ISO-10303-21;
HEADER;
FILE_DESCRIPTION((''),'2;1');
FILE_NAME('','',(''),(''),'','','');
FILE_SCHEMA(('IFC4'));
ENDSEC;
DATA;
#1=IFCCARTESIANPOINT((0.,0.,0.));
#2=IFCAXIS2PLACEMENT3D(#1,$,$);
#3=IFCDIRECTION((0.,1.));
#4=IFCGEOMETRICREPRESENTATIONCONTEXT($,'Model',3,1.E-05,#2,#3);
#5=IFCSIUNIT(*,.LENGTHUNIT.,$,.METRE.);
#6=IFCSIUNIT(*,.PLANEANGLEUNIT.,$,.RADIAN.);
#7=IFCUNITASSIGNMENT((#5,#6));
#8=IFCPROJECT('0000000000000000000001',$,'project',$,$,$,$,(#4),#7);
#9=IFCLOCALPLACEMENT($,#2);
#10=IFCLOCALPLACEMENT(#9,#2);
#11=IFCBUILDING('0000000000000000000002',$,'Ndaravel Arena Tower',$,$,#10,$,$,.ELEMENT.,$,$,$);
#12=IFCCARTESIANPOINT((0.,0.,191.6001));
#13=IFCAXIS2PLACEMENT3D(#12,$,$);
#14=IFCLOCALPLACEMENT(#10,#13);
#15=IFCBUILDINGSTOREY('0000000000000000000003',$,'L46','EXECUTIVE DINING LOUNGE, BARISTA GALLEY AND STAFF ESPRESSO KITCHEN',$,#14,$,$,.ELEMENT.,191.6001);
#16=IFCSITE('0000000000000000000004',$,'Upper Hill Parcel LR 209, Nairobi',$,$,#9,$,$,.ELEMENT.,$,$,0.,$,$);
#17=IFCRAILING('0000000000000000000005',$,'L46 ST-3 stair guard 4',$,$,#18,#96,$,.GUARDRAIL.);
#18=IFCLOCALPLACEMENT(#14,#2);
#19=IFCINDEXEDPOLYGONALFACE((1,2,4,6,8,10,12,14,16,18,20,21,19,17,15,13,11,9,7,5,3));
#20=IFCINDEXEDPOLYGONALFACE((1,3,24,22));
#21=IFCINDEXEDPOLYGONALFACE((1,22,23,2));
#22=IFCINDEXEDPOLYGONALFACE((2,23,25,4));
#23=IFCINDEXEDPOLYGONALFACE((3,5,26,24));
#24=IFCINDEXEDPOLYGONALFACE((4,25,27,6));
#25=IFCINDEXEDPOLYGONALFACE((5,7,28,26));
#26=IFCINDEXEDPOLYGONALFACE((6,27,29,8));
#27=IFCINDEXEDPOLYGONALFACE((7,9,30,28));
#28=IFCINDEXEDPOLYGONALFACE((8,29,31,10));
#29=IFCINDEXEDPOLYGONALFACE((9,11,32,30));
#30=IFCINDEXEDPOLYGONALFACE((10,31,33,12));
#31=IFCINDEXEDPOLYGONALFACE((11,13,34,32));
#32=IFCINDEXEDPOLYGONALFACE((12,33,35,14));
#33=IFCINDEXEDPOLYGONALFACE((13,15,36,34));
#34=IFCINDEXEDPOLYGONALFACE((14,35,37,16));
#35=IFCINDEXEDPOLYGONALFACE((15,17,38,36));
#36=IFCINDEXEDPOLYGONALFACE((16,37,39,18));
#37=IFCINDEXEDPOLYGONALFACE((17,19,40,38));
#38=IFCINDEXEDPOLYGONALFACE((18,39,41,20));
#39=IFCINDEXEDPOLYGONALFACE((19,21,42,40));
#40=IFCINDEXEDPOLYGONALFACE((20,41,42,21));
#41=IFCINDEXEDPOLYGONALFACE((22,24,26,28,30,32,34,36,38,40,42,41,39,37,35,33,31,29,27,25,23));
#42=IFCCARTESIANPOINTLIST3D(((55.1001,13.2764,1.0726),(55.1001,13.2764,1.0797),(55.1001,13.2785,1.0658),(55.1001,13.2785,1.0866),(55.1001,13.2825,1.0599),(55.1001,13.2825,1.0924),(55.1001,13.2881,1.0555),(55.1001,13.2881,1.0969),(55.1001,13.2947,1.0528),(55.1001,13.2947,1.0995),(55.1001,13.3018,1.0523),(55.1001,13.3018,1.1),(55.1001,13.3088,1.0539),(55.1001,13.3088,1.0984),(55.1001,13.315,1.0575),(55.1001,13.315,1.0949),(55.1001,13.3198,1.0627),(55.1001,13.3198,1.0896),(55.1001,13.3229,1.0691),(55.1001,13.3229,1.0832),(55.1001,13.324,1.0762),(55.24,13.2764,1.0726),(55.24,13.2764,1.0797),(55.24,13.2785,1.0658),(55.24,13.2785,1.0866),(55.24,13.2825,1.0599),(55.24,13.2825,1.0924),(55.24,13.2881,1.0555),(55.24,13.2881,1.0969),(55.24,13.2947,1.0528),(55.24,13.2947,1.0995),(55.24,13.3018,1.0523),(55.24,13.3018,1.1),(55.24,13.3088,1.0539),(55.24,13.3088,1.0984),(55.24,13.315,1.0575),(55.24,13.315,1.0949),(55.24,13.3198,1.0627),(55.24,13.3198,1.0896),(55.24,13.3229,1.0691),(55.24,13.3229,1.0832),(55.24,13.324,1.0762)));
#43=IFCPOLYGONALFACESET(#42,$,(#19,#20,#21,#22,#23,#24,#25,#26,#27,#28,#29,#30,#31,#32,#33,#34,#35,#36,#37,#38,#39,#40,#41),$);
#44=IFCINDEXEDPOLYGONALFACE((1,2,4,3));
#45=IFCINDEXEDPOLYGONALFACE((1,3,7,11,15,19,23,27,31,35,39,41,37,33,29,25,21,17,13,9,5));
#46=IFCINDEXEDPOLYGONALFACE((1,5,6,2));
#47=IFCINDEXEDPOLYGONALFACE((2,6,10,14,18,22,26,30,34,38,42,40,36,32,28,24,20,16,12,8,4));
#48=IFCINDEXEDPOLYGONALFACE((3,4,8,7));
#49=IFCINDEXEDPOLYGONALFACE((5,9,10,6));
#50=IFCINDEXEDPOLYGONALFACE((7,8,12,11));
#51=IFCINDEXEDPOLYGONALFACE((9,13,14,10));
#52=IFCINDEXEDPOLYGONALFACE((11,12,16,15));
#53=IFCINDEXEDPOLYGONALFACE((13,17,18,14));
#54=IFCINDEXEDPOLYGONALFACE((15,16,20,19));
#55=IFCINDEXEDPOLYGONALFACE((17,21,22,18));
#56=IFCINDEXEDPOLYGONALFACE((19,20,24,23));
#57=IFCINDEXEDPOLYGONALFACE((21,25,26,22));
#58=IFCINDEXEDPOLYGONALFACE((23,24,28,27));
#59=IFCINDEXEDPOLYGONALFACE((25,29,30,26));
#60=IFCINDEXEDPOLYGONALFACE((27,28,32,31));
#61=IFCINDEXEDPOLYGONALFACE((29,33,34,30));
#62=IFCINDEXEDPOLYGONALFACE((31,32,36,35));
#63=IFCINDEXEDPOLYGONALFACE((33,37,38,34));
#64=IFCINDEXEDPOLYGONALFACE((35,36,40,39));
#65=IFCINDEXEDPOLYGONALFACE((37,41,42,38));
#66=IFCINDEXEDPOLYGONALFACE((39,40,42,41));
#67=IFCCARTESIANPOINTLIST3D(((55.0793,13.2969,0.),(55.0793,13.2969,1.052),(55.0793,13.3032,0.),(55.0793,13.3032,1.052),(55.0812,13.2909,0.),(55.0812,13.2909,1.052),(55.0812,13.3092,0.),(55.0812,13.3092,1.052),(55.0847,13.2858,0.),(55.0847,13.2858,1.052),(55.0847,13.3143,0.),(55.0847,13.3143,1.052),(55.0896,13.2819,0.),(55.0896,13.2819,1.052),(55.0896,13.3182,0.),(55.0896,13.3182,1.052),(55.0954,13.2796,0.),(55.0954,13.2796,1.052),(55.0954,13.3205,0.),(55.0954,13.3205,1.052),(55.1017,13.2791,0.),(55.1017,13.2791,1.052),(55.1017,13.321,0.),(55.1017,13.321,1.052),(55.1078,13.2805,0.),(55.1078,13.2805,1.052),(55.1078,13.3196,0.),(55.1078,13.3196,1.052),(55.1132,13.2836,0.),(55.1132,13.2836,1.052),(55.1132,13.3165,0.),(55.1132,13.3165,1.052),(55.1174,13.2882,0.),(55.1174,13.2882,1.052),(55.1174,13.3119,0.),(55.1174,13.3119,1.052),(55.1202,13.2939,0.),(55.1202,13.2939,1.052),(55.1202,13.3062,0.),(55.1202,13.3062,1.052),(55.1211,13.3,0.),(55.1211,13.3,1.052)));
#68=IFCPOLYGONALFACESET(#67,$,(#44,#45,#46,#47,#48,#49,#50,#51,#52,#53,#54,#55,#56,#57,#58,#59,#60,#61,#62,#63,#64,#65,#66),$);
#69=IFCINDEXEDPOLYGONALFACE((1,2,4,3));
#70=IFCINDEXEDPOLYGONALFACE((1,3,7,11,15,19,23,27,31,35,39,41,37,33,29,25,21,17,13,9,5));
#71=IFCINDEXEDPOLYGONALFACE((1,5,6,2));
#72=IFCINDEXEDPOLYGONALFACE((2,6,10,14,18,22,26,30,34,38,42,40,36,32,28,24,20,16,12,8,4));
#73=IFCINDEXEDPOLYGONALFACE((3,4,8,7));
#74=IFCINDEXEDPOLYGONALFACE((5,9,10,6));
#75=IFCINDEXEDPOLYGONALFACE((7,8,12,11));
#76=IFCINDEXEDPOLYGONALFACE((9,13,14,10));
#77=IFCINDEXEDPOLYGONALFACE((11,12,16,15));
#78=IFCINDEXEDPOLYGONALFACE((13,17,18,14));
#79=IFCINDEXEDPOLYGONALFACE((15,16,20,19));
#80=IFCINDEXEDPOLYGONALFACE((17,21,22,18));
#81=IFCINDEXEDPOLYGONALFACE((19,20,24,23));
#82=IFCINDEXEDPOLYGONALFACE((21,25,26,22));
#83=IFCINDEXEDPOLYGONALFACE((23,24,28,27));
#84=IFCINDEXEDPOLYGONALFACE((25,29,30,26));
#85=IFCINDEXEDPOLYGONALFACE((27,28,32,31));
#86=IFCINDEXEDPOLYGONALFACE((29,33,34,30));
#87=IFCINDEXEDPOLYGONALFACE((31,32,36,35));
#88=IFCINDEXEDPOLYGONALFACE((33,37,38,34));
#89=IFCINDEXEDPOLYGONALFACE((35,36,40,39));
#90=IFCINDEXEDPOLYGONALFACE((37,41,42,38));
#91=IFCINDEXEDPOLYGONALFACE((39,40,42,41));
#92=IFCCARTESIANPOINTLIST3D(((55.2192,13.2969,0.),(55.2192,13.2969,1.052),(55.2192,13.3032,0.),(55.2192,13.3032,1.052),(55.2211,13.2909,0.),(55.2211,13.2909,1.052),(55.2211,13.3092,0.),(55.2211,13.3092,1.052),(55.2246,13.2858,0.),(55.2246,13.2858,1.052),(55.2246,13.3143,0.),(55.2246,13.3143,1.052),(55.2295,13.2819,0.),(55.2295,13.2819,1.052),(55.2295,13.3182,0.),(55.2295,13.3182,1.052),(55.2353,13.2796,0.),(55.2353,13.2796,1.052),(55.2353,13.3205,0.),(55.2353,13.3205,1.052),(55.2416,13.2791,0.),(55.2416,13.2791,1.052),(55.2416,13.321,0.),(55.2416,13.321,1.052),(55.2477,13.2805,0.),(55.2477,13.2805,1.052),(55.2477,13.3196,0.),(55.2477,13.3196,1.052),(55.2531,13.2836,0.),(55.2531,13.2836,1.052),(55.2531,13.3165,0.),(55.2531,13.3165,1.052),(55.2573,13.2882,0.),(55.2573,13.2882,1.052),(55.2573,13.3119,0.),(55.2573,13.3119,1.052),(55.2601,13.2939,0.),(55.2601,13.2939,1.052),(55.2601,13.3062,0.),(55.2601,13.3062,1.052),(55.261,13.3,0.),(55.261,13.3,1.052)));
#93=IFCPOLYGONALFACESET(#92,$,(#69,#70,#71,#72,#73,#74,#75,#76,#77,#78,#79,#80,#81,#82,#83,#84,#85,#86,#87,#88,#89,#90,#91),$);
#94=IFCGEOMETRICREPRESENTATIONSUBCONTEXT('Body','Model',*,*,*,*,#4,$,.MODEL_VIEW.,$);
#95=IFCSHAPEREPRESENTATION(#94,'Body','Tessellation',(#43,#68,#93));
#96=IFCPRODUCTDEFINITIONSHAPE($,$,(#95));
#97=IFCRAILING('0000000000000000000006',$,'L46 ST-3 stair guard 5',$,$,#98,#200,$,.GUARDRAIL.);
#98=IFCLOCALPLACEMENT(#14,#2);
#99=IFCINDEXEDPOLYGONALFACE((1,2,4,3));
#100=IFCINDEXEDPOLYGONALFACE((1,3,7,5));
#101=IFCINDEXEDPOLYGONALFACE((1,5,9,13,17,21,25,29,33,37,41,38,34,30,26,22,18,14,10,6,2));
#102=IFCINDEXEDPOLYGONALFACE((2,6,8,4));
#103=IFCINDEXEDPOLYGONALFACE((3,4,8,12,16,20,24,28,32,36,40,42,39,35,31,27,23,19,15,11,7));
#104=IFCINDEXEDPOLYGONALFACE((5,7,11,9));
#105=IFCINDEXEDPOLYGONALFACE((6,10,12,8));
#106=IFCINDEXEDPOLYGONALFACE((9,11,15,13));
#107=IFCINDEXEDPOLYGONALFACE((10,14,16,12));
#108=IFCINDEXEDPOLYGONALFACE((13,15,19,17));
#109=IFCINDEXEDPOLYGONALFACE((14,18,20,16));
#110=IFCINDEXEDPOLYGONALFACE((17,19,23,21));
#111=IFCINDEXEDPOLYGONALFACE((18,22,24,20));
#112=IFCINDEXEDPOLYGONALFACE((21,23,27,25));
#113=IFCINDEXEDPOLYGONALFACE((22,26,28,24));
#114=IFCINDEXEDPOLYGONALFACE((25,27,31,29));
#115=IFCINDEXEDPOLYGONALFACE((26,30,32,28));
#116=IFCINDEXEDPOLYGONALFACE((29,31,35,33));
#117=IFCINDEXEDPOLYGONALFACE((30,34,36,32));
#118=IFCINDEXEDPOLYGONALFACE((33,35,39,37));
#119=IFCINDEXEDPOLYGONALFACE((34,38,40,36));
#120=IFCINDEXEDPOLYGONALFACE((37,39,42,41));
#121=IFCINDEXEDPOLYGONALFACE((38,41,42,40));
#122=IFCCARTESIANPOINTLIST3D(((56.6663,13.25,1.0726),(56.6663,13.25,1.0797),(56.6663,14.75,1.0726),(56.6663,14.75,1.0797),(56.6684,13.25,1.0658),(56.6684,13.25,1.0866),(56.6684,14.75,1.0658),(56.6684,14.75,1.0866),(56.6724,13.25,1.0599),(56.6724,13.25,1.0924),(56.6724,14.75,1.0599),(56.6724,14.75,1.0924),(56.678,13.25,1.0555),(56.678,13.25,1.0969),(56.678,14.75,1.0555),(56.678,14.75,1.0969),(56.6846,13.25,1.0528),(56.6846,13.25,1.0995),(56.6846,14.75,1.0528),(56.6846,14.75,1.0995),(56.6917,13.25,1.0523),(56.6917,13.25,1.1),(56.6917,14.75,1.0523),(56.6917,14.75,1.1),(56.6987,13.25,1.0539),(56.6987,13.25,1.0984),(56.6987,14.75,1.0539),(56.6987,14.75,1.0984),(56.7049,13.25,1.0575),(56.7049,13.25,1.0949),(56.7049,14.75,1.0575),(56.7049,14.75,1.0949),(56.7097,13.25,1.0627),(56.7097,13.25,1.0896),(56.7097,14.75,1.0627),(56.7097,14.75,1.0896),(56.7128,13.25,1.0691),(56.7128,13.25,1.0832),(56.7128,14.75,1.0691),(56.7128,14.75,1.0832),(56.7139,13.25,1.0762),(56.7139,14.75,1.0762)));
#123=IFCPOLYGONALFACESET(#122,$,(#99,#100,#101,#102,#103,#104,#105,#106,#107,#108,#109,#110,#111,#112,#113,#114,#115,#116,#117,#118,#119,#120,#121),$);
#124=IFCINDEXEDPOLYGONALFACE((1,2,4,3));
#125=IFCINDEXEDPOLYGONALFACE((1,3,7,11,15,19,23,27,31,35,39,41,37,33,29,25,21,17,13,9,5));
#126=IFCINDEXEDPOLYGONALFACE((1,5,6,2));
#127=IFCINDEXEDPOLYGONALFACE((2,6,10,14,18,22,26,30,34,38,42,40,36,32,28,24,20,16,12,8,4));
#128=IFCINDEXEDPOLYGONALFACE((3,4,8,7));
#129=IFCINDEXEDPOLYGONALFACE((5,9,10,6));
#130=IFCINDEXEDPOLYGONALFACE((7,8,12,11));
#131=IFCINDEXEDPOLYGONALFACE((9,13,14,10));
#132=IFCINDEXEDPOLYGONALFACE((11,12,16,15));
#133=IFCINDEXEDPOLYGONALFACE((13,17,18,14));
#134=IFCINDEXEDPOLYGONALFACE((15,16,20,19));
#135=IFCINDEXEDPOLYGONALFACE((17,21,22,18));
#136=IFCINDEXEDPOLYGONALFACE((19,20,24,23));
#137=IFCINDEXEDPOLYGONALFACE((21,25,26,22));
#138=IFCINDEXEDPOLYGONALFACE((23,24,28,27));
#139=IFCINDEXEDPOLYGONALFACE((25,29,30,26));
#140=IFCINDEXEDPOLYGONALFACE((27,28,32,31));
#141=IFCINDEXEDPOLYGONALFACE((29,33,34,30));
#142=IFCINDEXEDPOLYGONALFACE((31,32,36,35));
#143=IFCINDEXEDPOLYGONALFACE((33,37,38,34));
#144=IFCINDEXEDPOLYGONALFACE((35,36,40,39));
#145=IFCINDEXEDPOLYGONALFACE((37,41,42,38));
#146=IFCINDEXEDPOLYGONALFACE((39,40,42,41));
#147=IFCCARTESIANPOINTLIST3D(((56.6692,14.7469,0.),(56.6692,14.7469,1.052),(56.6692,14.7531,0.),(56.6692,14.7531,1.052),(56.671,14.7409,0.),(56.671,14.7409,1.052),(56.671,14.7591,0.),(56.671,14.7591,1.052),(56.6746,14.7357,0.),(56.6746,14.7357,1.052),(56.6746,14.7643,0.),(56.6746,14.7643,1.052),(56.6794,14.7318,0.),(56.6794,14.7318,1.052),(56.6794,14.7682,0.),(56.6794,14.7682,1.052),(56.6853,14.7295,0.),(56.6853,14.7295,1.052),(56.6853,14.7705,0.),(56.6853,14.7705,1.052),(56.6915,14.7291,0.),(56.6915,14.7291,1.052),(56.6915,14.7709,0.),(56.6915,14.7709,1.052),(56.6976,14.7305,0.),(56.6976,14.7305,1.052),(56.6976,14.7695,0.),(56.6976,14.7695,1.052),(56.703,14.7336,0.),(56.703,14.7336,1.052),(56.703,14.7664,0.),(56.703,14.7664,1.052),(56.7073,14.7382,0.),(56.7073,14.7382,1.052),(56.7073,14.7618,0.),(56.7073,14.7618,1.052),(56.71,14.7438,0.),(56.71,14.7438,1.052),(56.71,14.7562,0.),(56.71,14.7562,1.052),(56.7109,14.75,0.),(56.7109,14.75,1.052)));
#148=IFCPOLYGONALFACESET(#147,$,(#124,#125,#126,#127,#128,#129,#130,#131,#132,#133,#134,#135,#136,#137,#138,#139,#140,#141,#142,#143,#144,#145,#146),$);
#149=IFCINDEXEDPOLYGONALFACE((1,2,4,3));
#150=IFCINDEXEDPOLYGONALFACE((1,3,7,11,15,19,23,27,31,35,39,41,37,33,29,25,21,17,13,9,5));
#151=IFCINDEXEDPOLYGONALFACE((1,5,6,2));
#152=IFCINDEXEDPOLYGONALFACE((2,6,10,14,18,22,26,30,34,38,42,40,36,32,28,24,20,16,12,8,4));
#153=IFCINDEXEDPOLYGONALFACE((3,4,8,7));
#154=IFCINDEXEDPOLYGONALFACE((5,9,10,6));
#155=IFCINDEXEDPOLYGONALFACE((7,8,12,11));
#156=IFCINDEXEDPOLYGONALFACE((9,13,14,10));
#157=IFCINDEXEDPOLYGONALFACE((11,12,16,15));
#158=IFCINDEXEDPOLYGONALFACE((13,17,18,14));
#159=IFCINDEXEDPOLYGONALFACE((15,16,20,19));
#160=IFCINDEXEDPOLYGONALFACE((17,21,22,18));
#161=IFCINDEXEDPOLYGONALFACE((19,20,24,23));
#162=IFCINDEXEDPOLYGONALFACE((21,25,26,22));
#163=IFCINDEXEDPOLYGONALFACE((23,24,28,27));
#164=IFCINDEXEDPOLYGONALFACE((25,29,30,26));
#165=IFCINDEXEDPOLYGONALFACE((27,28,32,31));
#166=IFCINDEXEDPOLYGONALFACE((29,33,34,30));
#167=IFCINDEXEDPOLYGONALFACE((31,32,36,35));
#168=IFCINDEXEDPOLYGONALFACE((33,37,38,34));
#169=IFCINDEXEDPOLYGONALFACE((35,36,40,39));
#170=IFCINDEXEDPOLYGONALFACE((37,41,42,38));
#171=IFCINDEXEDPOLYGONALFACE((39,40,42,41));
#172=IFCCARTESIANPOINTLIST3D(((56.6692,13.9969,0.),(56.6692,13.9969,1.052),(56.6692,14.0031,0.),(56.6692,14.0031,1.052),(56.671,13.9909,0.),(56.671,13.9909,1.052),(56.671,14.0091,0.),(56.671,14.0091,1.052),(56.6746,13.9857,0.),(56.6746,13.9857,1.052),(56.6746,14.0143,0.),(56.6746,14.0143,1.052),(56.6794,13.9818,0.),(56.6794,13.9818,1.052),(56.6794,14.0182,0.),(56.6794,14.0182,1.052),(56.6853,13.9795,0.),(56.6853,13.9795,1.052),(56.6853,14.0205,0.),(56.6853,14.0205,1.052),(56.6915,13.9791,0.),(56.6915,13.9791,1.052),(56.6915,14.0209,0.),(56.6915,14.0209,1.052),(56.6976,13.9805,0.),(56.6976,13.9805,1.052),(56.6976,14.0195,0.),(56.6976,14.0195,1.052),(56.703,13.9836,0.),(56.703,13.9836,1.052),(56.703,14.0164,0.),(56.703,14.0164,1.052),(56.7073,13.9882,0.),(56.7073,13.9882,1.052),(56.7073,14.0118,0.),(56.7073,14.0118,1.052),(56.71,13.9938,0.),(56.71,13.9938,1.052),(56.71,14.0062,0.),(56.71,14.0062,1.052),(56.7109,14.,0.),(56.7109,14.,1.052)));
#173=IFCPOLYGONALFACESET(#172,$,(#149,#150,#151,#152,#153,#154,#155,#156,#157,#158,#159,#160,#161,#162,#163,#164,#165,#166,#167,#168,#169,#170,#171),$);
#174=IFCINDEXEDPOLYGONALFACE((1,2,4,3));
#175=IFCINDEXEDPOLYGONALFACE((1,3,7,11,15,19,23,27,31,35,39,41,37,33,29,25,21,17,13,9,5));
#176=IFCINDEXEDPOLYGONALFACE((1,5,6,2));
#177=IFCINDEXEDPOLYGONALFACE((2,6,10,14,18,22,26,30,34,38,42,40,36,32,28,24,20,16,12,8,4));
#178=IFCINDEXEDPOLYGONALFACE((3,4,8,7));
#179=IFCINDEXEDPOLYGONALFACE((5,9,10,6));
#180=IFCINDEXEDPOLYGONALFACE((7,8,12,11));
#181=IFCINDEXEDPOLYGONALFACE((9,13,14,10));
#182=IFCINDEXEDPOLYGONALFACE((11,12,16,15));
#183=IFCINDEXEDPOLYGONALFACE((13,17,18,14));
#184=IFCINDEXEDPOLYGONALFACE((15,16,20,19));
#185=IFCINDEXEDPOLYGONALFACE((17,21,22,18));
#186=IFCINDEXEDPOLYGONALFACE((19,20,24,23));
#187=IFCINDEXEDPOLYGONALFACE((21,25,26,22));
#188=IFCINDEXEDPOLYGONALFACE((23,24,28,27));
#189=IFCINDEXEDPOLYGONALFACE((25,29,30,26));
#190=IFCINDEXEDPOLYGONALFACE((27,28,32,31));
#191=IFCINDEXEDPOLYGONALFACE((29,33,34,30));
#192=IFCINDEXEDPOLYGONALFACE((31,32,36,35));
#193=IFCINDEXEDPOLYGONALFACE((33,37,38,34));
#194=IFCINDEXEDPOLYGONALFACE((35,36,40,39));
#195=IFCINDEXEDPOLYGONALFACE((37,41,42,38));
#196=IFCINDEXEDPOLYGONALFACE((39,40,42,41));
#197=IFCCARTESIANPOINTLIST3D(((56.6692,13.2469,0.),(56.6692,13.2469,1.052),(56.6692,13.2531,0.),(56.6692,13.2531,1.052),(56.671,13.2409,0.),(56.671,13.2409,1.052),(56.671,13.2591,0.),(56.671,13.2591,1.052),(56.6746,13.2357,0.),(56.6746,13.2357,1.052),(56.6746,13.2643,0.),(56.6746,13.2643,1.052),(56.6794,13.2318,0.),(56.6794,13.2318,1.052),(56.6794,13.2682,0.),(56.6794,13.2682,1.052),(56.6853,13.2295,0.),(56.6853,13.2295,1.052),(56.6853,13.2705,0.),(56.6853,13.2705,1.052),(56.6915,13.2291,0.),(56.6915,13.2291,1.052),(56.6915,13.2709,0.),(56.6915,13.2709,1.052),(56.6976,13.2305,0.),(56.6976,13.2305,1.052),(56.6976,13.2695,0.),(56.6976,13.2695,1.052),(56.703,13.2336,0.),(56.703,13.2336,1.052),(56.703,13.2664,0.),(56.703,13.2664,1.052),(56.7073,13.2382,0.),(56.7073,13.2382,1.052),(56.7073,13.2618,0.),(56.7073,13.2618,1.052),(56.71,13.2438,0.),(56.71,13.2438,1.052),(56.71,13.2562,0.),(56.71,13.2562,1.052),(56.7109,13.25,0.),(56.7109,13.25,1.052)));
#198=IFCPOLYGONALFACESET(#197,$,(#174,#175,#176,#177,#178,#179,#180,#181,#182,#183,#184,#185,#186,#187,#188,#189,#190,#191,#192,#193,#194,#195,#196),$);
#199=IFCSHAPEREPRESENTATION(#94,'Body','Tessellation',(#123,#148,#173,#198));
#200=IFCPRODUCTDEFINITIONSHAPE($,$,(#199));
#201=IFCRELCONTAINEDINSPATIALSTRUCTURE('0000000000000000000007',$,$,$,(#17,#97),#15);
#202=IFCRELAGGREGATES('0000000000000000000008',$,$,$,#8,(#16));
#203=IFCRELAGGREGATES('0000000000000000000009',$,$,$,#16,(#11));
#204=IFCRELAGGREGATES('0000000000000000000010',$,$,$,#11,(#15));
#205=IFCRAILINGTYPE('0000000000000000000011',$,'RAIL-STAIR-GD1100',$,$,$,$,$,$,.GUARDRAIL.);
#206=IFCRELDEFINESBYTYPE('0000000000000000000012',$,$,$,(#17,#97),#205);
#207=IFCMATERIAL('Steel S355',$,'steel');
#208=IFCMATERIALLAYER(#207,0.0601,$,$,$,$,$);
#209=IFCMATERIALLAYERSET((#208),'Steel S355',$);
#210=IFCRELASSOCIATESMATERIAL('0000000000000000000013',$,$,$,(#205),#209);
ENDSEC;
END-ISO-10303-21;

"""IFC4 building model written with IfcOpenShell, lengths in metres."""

from ifc_helpers import new_model, si_unit, direction, frame, origin, origin_2d, place, context, subcontext, project, spatial, circle, extrude, material, layer, layer_set, type_object, element, save


model = new_model("IFC4")

# Units and contexts
model_context = context("Model", 3, precision=1e-05, world=origin(), true_north=direction((0.0, 1.0)))
body_context = subcontext(model_context, "Body", "Model", "MODEL_VIEW")
ifc_project = project(units=[si_unit("LENGTHUNIT", "METRE"), si_unit("PLANEANGLEUNIT", "RADIAN")], contexts=[model_context])

# Site, building, storey
site_placement = place(None, origin())
site = spatial("IfcSite", under=ifc_project, at=site_placement, Name="Upper Hill Parcel LR 209, Nairobi", CompositionType="ELEMENT", RefElevation=0.0)
building_placement = place(site_placement, origin())
building = spatial("IfcBuilding", under=site, at=building_placement, Name="Ndaravel Arena Tower", CompositionType="ELEMENT")
storey_placement = place(building_placement, frame((0.0, 0.0, 191.6001)))
storey = spatial("IfcBuildingStorey", under=building, at=storey_placement, Name="L46", Description="EXECUTIVE DINING LOUNGE, BARISTA GALLEY AND STAFF ESPRESSO KITCHEN", CompositionType="ELEMENT", Elevation=191.6001)

# Railings
ifc_material_1 = material(Name="Steel S355", Category="steel")
ifc_layer_1 = layer(ifc_material_1, 0.0601)
ifc_layer_set_1 = layer_set([ifc_layer_1], Name="Steel S355")
railing_type_1 = type_object("IfcRailingType", Name="RAIL-STAIR-GD1100", PredefinedType="GUARDRAIL", material=ifc_layer_set_1)
railing_1_placement = place(storey_placement, frame((55.1001, 13.3, 0.0)))
element("IfcRailing", 1, at=railing_1_placement, inside=storey, type_object=railing_type_1, Name="L46 ST-3 stair guard 4", PredefinedType="GUARDRAIL", context=body_context, shape_type="SweptSolid", body=[
    extrude(circle(Radius=0.0239, at=origin_2d()), frame((0.0, 0.0, 1.0762), z_axis=(1.0, 0.0, 0.0), x_axis=(0.0, 1.0, 0.0)), (0.0, 0.0, 1.0), 0.1399),
    extrude(circle(Radius=0.021, at=origin_2d()), origin(), (0.0, 0.0, 1.0), 1.052),
    extrude(circle(Radius=0.021, at=origin_2d()), frame((0.1399, 0.0, 0.0)), (0.0, 0.0, 1.0), 1.052),
])
railing_2_placement = place(storey_placement, frame((56.6899, 14.75, 0.0)))
element("IfcRailing", 2, at=railing_2_placement, inside=storey, type_object=railing_type_1, Name="L46 ST-3 stair guard 5", PredefinedType="GUARDRAIL", context=body_context, shape_type="SweptSolid", body=[
    extrude(circle(Radius=0.0239, at=origin_2d()), frame((0.0, 0.0, 1.0762), z_axis=(0.0, -1.0, 0.0), x_axis=(1.0, 0.0, 0.0)), (0.0, 0.0, 1.0), 1.5),
    extrude(circle(Radius=0.021, at=origin_2d()), origin(), (0.0, 0.0, 1.0), 1.052),
    extrude(circle(Radius=0.021, at=origin_2d()), frame((0.0, -0.75, 0.0)), (0.0, 0.0, 1.0), 1.052),
    extrude(circle(Radius=0.021, at=origin_2d()), frame((0.0, -1.5, 0.0)), (0.0, 0.0, 1.0), 1.052),
])

save(model, "model.ifc")
